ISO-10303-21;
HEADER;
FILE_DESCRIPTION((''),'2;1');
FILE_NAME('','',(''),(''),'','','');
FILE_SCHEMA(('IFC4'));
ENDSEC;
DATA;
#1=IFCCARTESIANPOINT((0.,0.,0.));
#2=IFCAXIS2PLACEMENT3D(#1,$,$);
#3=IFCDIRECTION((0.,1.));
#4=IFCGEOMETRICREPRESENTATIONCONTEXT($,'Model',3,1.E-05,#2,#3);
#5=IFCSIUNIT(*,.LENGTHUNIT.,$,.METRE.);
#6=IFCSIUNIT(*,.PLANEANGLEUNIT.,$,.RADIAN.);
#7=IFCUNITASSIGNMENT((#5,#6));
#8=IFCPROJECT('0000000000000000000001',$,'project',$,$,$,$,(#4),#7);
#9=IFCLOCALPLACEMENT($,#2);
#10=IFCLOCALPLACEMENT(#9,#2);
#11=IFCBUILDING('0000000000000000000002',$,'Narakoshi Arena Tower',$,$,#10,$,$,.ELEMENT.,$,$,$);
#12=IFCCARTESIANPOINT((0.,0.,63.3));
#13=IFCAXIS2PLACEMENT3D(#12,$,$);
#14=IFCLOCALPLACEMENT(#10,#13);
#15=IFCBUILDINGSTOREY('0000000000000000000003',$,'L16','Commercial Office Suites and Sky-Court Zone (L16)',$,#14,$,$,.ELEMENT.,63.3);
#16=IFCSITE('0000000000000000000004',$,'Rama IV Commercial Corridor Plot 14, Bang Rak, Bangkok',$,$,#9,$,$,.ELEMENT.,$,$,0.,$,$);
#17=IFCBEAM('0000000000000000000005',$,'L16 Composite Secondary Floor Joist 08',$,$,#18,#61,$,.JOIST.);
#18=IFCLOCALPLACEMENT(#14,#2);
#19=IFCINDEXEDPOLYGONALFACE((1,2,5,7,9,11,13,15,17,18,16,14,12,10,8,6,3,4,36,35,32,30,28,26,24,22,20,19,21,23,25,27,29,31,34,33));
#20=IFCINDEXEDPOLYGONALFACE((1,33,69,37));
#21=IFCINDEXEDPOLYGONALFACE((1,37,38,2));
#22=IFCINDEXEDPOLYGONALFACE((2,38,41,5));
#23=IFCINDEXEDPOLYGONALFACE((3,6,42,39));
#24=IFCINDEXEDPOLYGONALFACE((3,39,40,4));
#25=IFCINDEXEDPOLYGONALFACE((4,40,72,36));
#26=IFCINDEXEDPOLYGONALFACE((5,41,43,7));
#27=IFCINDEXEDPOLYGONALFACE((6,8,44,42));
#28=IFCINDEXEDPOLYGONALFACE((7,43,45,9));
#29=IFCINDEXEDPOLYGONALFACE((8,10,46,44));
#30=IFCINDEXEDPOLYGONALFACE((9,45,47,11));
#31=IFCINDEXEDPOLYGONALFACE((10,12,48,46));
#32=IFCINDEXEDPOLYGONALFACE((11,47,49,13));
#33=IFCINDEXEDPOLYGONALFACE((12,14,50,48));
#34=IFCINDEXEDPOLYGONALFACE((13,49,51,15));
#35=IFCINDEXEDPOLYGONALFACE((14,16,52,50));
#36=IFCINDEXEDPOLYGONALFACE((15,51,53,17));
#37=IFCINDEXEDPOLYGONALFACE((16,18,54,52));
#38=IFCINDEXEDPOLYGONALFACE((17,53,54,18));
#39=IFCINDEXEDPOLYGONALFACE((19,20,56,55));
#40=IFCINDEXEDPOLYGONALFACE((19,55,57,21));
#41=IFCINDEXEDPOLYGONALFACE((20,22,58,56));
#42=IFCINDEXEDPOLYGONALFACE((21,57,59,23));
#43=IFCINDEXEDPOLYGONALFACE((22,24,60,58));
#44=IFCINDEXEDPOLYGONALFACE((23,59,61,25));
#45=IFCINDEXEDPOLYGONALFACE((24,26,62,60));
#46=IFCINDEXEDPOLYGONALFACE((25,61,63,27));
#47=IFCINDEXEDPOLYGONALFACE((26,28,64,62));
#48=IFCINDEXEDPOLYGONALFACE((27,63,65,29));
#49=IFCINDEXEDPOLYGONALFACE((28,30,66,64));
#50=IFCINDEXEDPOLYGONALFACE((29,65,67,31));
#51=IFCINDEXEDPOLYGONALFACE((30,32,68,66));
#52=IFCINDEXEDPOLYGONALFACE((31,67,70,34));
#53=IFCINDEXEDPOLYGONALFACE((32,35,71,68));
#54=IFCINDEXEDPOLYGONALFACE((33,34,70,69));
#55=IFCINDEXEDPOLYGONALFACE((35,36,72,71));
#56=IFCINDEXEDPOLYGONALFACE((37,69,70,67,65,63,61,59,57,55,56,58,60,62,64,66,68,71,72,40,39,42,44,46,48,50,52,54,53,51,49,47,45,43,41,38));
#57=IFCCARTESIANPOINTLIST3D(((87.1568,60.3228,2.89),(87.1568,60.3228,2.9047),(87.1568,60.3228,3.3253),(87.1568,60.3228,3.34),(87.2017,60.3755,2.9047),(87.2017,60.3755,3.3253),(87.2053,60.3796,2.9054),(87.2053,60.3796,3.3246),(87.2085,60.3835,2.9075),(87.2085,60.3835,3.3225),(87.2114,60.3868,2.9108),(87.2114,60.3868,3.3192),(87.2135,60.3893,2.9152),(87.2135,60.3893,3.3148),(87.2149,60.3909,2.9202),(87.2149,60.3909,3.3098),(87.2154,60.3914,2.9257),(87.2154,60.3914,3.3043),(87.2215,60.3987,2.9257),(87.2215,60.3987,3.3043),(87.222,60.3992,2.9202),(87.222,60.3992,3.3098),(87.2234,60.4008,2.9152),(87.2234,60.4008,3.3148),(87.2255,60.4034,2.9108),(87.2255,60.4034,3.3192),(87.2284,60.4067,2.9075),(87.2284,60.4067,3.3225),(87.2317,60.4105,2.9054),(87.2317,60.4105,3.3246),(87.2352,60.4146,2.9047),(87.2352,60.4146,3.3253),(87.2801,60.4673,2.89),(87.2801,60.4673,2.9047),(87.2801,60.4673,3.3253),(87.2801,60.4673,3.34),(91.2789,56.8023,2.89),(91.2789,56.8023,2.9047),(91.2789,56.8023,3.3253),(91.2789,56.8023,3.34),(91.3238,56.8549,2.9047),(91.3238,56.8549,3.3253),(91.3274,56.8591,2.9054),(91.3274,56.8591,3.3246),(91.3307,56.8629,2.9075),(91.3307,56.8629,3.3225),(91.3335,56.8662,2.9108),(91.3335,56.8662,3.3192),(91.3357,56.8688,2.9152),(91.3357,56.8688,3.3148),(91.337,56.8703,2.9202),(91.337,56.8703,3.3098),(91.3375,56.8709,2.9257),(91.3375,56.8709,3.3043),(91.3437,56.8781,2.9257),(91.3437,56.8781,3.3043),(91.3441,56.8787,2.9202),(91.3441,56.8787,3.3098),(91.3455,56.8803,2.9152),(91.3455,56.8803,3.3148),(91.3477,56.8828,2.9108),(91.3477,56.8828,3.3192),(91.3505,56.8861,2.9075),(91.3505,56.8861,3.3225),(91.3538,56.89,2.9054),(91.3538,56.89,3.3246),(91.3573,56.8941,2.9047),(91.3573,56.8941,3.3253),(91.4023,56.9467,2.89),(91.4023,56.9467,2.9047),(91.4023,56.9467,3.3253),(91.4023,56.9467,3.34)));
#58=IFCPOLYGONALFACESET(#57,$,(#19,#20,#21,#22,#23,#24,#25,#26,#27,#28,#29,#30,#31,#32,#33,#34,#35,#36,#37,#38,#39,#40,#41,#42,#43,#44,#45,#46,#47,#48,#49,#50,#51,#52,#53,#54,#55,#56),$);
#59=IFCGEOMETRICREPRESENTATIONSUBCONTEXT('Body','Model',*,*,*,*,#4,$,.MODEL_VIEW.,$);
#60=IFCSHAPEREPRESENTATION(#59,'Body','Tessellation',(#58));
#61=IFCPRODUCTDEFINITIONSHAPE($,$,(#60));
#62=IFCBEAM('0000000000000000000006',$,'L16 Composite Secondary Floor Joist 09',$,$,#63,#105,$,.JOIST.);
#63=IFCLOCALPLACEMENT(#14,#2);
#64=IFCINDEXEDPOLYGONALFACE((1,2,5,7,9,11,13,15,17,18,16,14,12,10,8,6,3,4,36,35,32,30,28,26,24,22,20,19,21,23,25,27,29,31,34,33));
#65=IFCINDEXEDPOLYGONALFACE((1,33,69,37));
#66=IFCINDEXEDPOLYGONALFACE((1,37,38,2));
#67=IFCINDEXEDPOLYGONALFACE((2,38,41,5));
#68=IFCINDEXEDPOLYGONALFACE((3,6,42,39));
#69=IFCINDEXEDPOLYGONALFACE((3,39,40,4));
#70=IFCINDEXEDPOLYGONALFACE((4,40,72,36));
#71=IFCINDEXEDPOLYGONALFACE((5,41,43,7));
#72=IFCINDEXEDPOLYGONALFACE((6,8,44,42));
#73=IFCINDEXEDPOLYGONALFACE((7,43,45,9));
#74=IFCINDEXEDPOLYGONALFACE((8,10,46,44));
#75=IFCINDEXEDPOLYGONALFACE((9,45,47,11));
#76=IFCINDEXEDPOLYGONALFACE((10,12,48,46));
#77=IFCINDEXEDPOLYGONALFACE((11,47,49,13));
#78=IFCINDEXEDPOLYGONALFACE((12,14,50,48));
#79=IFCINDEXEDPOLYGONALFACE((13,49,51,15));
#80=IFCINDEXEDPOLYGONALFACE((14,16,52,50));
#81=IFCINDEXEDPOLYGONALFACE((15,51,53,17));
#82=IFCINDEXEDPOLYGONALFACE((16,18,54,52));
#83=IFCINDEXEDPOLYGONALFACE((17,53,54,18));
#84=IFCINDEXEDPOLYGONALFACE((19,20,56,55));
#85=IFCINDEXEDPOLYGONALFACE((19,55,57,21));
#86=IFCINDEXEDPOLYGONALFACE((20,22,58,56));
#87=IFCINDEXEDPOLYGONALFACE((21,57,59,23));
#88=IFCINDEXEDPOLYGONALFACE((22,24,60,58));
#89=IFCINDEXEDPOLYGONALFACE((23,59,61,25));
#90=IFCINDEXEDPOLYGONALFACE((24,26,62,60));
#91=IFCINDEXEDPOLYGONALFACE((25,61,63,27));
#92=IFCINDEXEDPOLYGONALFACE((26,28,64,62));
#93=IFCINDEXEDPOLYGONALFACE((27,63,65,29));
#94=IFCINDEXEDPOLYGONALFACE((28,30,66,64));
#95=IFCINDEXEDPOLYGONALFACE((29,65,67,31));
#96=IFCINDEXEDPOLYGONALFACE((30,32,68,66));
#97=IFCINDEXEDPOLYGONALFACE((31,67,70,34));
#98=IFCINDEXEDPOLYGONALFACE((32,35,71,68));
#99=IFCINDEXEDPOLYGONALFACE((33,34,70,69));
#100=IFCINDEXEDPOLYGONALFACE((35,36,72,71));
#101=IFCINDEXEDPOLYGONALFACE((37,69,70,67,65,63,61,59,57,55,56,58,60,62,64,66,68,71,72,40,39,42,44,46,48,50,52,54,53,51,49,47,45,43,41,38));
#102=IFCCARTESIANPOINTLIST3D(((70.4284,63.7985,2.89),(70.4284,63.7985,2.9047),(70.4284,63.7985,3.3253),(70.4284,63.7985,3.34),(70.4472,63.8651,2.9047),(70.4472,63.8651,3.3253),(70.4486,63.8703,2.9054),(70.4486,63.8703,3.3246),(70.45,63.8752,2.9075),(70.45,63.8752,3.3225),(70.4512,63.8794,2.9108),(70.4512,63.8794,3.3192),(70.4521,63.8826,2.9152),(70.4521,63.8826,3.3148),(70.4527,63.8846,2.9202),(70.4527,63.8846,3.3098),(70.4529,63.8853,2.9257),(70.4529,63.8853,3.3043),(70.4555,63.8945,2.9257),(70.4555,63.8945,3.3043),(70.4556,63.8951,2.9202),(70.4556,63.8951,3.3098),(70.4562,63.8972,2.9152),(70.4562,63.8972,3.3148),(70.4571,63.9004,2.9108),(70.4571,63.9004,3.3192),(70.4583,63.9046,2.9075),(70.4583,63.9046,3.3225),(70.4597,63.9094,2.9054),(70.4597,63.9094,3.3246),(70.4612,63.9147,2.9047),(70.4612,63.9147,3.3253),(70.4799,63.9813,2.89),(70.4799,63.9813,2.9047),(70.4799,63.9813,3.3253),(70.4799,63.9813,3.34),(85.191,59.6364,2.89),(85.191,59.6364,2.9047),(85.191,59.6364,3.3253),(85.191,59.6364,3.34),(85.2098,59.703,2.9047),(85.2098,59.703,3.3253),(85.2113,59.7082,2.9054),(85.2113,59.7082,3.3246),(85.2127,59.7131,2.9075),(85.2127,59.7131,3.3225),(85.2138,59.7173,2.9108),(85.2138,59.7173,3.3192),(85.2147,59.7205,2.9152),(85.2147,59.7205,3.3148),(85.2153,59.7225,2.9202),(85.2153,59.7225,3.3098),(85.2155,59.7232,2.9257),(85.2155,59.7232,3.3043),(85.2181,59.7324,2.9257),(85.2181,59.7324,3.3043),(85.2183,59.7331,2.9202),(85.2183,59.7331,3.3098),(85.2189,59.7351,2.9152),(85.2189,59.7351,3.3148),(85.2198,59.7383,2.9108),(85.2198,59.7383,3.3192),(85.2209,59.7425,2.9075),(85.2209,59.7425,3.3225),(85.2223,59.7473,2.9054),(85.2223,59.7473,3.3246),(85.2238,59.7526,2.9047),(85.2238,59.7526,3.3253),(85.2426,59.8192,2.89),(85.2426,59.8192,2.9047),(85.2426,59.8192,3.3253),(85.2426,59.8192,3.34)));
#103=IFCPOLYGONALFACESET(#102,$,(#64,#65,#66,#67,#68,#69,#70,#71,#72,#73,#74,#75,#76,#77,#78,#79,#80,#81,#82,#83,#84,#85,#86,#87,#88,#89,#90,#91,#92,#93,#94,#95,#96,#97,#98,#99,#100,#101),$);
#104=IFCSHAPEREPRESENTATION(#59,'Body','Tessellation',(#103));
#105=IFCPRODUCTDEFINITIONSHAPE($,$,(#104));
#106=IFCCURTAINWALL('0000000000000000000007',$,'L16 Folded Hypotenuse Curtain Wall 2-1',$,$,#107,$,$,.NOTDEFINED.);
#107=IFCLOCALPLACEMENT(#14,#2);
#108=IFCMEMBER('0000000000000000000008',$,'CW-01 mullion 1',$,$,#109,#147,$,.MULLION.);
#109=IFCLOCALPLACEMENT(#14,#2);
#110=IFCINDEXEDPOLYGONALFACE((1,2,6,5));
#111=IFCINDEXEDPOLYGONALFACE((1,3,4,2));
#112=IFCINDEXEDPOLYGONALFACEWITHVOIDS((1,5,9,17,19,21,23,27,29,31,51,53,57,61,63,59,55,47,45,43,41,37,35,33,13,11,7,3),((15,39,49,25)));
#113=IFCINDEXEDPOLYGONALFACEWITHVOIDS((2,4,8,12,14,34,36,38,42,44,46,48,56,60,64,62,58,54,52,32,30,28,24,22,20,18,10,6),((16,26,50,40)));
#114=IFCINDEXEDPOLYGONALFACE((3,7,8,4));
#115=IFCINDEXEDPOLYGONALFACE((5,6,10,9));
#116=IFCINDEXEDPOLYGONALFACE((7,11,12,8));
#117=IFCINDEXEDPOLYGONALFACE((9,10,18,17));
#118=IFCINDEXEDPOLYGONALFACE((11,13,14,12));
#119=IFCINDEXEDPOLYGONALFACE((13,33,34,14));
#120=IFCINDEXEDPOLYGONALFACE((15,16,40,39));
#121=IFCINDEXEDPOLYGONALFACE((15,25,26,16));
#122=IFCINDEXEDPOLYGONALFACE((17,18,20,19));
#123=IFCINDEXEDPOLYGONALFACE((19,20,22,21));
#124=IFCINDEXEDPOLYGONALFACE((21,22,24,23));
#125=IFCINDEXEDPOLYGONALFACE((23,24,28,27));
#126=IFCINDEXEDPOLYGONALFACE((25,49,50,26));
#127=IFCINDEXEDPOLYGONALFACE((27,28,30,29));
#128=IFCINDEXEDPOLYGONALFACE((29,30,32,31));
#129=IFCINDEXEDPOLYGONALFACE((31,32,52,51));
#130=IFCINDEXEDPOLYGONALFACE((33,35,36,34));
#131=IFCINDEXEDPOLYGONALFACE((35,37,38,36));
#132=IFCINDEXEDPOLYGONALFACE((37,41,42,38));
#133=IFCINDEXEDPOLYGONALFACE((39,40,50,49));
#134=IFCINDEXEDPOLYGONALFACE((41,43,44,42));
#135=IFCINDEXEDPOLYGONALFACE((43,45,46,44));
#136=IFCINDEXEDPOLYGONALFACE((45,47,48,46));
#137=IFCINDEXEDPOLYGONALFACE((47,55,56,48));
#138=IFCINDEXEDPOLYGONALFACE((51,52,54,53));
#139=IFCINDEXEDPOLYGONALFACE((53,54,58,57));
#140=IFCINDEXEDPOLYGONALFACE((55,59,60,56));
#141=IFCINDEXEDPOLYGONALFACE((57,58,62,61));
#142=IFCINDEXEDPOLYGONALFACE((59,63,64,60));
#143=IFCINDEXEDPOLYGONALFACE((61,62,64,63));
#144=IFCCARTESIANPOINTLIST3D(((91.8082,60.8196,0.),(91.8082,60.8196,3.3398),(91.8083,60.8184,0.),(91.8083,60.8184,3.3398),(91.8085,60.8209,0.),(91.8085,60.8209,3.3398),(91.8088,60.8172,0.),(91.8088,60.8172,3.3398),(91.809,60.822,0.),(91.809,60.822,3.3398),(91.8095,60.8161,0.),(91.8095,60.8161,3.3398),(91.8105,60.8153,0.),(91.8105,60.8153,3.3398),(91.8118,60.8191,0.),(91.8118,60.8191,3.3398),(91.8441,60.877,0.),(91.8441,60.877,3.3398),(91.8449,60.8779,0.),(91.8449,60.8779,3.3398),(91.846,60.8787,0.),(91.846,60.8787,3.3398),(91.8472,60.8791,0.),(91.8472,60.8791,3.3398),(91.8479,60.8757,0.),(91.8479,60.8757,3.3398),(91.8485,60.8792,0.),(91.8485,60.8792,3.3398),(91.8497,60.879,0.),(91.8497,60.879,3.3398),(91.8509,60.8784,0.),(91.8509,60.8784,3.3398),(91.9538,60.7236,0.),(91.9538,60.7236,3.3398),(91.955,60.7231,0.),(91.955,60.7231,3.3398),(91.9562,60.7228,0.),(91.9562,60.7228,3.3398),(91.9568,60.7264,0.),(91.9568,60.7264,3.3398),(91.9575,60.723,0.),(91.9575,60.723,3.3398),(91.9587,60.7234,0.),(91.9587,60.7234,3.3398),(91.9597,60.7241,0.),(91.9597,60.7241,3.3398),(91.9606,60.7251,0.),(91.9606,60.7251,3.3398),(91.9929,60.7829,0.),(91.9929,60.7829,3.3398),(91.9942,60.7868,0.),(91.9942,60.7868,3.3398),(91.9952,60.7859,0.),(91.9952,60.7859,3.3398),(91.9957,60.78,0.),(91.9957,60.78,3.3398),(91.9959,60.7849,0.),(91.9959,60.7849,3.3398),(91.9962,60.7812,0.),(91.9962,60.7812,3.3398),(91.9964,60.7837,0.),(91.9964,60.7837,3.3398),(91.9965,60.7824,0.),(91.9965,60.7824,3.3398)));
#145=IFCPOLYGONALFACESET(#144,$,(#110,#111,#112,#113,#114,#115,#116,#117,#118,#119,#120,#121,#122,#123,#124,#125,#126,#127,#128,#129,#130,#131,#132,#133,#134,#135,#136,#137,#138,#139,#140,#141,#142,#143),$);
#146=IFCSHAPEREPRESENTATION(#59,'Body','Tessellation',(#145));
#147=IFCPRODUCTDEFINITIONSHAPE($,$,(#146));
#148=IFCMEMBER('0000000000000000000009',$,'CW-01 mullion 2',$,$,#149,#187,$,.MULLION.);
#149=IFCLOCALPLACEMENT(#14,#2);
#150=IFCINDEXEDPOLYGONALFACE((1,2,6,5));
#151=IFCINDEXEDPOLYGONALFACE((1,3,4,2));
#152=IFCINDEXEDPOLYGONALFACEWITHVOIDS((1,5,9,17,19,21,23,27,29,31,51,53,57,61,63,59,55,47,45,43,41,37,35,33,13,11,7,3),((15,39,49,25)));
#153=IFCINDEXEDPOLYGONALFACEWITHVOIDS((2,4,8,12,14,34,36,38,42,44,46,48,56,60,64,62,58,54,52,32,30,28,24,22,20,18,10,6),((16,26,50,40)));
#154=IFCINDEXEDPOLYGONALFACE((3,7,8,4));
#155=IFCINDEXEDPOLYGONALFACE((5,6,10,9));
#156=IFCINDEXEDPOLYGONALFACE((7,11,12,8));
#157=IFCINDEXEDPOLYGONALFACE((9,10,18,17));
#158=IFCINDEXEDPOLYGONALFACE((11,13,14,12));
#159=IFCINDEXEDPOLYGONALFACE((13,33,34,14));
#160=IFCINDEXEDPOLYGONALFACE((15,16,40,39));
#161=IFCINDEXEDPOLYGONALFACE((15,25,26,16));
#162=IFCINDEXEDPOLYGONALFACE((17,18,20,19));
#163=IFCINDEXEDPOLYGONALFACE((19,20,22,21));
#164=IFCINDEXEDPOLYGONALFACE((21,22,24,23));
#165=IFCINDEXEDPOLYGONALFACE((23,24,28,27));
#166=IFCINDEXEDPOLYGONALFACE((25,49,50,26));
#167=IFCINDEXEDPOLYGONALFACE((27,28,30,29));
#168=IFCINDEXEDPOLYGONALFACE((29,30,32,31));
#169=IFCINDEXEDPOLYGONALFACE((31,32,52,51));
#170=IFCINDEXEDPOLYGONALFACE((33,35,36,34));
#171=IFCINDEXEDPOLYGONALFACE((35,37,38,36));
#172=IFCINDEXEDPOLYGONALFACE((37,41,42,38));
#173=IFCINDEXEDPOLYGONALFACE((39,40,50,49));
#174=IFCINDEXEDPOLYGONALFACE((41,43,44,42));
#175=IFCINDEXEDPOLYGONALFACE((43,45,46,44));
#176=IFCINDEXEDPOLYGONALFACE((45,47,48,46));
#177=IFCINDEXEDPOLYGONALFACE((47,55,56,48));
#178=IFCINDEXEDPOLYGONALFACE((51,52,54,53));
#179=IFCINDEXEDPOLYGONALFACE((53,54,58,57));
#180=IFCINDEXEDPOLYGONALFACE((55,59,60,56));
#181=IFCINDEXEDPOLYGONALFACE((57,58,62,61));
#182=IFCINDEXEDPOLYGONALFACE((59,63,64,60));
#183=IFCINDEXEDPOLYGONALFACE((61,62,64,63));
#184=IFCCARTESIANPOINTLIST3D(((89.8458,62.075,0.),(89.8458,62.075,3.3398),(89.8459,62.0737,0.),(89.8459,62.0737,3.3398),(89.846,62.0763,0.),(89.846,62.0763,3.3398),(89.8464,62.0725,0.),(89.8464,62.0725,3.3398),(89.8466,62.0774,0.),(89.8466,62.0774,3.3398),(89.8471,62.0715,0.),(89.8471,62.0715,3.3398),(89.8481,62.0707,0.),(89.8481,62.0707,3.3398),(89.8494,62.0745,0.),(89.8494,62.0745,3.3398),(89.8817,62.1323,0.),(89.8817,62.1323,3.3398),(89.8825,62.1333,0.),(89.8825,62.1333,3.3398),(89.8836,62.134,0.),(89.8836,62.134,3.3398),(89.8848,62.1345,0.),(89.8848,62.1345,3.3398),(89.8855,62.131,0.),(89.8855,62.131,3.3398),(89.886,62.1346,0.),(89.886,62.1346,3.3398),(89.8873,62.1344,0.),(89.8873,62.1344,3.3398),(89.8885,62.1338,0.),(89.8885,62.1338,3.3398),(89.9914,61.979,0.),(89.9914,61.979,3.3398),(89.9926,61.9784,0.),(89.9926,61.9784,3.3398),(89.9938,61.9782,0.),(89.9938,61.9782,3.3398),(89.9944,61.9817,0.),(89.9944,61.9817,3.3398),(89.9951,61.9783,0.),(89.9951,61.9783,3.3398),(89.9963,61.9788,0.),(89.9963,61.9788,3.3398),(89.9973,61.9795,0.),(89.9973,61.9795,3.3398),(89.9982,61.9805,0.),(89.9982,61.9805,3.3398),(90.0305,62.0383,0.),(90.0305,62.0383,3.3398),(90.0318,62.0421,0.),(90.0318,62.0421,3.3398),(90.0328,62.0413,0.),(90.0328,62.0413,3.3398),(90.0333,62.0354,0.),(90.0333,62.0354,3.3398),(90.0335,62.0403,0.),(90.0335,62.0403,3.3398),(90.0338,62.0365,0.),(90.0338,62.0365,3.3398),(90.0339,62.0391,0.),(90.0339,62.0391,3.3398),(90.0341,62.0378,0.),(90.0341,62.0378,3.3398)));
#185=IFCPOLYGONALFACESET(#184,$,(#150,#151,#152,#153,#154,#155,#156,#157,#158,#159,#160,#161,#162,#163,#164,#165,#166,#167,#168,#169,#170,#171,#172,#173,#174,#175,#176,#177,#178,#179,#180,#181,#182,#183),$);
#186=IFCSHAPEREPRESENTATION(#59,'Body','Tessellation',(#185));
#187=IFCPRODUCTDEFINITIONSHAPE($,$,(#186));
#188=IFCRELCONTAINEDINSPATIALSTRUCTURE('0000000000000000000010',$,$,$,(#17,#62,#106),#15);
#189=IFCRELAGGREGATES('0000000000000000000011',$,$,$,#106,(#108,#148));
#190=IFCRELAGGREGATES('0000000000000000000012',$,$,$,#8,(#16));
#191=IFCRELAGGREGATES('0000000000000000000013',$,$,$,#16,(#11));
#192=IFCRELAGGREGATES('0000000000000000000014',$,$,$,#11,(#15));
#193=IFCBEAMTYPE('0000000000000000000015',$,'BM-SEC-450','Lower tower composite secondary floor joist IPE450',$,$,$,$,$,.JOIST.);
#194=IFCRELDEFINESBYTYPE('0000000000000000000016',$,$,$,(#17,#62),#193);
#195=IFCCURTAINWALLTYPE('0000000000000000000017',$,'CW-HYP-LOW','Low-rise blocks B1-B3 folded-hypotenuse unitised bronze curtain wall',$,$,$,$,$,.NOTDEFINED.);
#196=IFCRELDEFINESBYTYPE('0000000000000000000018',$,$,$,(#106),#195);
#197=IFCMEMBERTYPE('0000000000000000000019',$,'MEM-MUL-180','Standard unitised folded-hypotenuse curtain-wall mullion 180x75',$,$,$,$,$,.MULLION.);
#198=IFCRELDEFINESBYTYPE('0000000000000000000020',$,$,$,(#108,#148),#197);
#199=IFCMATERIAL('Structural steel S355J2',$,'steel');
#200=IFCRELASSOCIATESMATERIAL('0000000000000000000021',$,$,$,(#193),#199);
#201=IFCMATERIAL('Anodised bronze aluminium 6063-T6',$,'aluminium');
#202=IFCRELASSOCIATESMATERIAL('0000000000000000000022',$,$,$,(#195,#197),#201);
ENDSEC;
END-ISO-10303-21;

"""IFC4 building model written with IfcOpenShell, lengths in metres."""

from ifc_helpers import new_model, si_unit, direction, frame, origin, origin_2d, place, context, subcontext, project, spatial, hollow_rectangle, i_section, extrude, material, material_profile, profile_set, type_object, element, aggregate, save


model = new_model("IFC4")

# Units and contexts
model_context = context("Model", 3, precision=1e-05, world=origin(), true_north=direction((0.0, 1.0)))
body_context = subcontext(model_context, "Body", "Model", "MODEL_VIEW")
ifc_project = project(units=[si_unit("LENGTHUNIT", "METRE"), si_unit("PLANEANGLEUNIT", "RADIAN")], contexts=[model_context])

# Site, building, storey
site_placement = place(None, origin())
site = spatial("IfcSite", under=ifc_project, at=site_placement, Name="Rama IV Commercial Corridor Plot 14, Bang Rak, Bangkok", CompositionType="ELEMENT", RefElevation=0.0)
building_placement = place(site_placement, origin())
building = spatial("IfcBuilding", under=site, at=building_placement, Name="Narakoshi Arena Tower", CompositionType="ELEMENT")
storey_placement = place(building_placement, frame((0.0, 0.0, 63.3)))
storey = spatial("IfcBuildingStorey", under=building, at=storey_placement, Name="L16", Description="Commercial Office Suites and Sky-Court Zone (L16)", CompositionType="ELEMENT", Elevation=63.3)

# Beams
ifc_material_1 = material(Name="Structural steel S355J2", Category="steel")
ifc_material_profile_1 = material_profile(ifc_material_1, i_section(OverallWidth=0.1899, OverallDepth=0.45, WebThickness=0.0095, FlangeThickness=0.0146, FilletRadius=0.021, at=origin_2d()), Name="IPE450")
ifc_profile_set_1 = profile_set([ifc_material_profile_1], Name="Structural steel S355J2")
beam_type_1 = type_object("IfcBeamType", Name="BM-SEC-450", Description="Lower tower composite secondary floor joist IPE450", PredefinedType="JOIST", material=ifc_profile_set_1)
beam_1_placement = place(storey_placement, frame((91.3406, 56.8745, 3.115), z_axis=(-0.760413, 0.64944, 0.0), x_axis=(-0.64944, -0.760413, 0.0)))
element("IfcBeam", 1, at=beam_1_placement, inside=storey, type_object=beam_type_1, Name="L16 Composite Secondary Floor Joist 08", PredefinedType="JOIST", context=body_context, shape_type="SweptSolid", body=[
    extrude(i_section(OverallWidth=0.1899, OverallDepth=0.45, WebThickness=0.0095, FlangeThickness=0.0146, FilletRadius=0.021, at=origin_2d()), origin(), (0.0, 0.0, 1.0), 5.4209),
])
beam_2_placement = place(storey_placement, frame((85.2168, 59.7278, 3.115), z_axis=(-0.962479, 0.271356, 0.0), x_axis=(-0.271356, -0.962479, 0.0)))
element("IfcBeam", 2, at=beam_2_placement, inside=storey, type_object=beam_type_1, Name="L16 Composite Secondary Floor Joist 09", PredefinedType="JOIST", context=body_context, shape_type="SweptSolid", body=[
    extrude(i_section(OverallWidth=0.1899, OverallDepth=0.45, WebThickness=0.0095, FlangeThickness=0.0146, FilletRadius=0.021, at=origin_2d()), origin(), (0.0, 0.0, 1.0), 15.3381),
])

# Curtain wall, members
ifc_material_2 = material(Name="Anodised bronze aluminium 6063-T6", Category="aluminium")
curtain_wall_type = type_object("IfcCurtainWallType", Name="CW-HYP-LOW", Description="Low-rise blocks B1-B3 folded-hypotenuse unitised bronze curtain wall", PredefinedType="NOTDEFINED", material=ifc_material_2)
curtain_wall_1_placement = place(storey_placement, origin())
curtain_wall_1 = element("IfcCurtainWall", 3, at=curtain_wall_1_placement, inside=storey, type_object=curtain_wall_type, Name="L16 Folded Hypotenuse Curtain Wall 2-1", PredefinedType="NOTDEFINED")
ifc_material_profile_2 = material_profile(ifc_material_2, hollow_rectangle(XDim=0.075, YDim=0.1799, WallThickness=0.0039, OuterFilletRadius=0.0049, at=origin_2d()), Name="MUL180x75x4")
ifc_profile_set_2 = profile_set([ifc_material_profile_2], Name="Anodised bronze aluminium 6063-T6")
member_type_1 = type_object("IfcMemberType", Name="MEM-MUL-180", Description="Standard unitised folded-hypotenuse curtain-wall mullion 180x75", PredefinedType="MULLION", material=ifc_profile_set_2)
member_1_placement = place(storey_placement, frame((91.9023, 60.801, 0.0), z_axis=(0.0, 0.0, 1.0), x_axis=(-0.538822, -0.842419, 0.0)))
member_1 = element("IfcMember", 4, at=member_1_placement, type_object=member_type_1, Name="CW-01 mullion 1", PredefinedType="MULLION", context=body_context, shape_type="SweptSolid", body=[
    extrude(hollow_rectangle(XDim=0.075, YDim=0.1799, WallThickness=0.0039, OuterFilletRadius=0.0049, at=origin_2d()), origin(), (0.0, 0.0, 1.0), 3.3398),
])
member_2_placement = place(storey_placement, frame((89.9399, 62.0564, 0.0), z_axis=(0.0, 0.0, 1.0), x_axis=(-0.538822, -0.842419, 0.0)))
member_2 = element("IfcMember", 5, at=member_2_placement, type_object=member_type_1, Name="CW-01 mullion 2", PredefinedType="MULLION", context=body_context, shape_type="SweptSolid", body=[
    extrude(hollow_rectangle(XDim=0.075, YDim=0.1799, WallThickness=0.0039, OuterFilletRadius=0.0049, at=origin_2d()), origin(), (0.0, 0.0, 1.0), 3.3398),
])

aggregate(curtain_wall_1, [member_1, member_2])

save(model, "model.ifc")
